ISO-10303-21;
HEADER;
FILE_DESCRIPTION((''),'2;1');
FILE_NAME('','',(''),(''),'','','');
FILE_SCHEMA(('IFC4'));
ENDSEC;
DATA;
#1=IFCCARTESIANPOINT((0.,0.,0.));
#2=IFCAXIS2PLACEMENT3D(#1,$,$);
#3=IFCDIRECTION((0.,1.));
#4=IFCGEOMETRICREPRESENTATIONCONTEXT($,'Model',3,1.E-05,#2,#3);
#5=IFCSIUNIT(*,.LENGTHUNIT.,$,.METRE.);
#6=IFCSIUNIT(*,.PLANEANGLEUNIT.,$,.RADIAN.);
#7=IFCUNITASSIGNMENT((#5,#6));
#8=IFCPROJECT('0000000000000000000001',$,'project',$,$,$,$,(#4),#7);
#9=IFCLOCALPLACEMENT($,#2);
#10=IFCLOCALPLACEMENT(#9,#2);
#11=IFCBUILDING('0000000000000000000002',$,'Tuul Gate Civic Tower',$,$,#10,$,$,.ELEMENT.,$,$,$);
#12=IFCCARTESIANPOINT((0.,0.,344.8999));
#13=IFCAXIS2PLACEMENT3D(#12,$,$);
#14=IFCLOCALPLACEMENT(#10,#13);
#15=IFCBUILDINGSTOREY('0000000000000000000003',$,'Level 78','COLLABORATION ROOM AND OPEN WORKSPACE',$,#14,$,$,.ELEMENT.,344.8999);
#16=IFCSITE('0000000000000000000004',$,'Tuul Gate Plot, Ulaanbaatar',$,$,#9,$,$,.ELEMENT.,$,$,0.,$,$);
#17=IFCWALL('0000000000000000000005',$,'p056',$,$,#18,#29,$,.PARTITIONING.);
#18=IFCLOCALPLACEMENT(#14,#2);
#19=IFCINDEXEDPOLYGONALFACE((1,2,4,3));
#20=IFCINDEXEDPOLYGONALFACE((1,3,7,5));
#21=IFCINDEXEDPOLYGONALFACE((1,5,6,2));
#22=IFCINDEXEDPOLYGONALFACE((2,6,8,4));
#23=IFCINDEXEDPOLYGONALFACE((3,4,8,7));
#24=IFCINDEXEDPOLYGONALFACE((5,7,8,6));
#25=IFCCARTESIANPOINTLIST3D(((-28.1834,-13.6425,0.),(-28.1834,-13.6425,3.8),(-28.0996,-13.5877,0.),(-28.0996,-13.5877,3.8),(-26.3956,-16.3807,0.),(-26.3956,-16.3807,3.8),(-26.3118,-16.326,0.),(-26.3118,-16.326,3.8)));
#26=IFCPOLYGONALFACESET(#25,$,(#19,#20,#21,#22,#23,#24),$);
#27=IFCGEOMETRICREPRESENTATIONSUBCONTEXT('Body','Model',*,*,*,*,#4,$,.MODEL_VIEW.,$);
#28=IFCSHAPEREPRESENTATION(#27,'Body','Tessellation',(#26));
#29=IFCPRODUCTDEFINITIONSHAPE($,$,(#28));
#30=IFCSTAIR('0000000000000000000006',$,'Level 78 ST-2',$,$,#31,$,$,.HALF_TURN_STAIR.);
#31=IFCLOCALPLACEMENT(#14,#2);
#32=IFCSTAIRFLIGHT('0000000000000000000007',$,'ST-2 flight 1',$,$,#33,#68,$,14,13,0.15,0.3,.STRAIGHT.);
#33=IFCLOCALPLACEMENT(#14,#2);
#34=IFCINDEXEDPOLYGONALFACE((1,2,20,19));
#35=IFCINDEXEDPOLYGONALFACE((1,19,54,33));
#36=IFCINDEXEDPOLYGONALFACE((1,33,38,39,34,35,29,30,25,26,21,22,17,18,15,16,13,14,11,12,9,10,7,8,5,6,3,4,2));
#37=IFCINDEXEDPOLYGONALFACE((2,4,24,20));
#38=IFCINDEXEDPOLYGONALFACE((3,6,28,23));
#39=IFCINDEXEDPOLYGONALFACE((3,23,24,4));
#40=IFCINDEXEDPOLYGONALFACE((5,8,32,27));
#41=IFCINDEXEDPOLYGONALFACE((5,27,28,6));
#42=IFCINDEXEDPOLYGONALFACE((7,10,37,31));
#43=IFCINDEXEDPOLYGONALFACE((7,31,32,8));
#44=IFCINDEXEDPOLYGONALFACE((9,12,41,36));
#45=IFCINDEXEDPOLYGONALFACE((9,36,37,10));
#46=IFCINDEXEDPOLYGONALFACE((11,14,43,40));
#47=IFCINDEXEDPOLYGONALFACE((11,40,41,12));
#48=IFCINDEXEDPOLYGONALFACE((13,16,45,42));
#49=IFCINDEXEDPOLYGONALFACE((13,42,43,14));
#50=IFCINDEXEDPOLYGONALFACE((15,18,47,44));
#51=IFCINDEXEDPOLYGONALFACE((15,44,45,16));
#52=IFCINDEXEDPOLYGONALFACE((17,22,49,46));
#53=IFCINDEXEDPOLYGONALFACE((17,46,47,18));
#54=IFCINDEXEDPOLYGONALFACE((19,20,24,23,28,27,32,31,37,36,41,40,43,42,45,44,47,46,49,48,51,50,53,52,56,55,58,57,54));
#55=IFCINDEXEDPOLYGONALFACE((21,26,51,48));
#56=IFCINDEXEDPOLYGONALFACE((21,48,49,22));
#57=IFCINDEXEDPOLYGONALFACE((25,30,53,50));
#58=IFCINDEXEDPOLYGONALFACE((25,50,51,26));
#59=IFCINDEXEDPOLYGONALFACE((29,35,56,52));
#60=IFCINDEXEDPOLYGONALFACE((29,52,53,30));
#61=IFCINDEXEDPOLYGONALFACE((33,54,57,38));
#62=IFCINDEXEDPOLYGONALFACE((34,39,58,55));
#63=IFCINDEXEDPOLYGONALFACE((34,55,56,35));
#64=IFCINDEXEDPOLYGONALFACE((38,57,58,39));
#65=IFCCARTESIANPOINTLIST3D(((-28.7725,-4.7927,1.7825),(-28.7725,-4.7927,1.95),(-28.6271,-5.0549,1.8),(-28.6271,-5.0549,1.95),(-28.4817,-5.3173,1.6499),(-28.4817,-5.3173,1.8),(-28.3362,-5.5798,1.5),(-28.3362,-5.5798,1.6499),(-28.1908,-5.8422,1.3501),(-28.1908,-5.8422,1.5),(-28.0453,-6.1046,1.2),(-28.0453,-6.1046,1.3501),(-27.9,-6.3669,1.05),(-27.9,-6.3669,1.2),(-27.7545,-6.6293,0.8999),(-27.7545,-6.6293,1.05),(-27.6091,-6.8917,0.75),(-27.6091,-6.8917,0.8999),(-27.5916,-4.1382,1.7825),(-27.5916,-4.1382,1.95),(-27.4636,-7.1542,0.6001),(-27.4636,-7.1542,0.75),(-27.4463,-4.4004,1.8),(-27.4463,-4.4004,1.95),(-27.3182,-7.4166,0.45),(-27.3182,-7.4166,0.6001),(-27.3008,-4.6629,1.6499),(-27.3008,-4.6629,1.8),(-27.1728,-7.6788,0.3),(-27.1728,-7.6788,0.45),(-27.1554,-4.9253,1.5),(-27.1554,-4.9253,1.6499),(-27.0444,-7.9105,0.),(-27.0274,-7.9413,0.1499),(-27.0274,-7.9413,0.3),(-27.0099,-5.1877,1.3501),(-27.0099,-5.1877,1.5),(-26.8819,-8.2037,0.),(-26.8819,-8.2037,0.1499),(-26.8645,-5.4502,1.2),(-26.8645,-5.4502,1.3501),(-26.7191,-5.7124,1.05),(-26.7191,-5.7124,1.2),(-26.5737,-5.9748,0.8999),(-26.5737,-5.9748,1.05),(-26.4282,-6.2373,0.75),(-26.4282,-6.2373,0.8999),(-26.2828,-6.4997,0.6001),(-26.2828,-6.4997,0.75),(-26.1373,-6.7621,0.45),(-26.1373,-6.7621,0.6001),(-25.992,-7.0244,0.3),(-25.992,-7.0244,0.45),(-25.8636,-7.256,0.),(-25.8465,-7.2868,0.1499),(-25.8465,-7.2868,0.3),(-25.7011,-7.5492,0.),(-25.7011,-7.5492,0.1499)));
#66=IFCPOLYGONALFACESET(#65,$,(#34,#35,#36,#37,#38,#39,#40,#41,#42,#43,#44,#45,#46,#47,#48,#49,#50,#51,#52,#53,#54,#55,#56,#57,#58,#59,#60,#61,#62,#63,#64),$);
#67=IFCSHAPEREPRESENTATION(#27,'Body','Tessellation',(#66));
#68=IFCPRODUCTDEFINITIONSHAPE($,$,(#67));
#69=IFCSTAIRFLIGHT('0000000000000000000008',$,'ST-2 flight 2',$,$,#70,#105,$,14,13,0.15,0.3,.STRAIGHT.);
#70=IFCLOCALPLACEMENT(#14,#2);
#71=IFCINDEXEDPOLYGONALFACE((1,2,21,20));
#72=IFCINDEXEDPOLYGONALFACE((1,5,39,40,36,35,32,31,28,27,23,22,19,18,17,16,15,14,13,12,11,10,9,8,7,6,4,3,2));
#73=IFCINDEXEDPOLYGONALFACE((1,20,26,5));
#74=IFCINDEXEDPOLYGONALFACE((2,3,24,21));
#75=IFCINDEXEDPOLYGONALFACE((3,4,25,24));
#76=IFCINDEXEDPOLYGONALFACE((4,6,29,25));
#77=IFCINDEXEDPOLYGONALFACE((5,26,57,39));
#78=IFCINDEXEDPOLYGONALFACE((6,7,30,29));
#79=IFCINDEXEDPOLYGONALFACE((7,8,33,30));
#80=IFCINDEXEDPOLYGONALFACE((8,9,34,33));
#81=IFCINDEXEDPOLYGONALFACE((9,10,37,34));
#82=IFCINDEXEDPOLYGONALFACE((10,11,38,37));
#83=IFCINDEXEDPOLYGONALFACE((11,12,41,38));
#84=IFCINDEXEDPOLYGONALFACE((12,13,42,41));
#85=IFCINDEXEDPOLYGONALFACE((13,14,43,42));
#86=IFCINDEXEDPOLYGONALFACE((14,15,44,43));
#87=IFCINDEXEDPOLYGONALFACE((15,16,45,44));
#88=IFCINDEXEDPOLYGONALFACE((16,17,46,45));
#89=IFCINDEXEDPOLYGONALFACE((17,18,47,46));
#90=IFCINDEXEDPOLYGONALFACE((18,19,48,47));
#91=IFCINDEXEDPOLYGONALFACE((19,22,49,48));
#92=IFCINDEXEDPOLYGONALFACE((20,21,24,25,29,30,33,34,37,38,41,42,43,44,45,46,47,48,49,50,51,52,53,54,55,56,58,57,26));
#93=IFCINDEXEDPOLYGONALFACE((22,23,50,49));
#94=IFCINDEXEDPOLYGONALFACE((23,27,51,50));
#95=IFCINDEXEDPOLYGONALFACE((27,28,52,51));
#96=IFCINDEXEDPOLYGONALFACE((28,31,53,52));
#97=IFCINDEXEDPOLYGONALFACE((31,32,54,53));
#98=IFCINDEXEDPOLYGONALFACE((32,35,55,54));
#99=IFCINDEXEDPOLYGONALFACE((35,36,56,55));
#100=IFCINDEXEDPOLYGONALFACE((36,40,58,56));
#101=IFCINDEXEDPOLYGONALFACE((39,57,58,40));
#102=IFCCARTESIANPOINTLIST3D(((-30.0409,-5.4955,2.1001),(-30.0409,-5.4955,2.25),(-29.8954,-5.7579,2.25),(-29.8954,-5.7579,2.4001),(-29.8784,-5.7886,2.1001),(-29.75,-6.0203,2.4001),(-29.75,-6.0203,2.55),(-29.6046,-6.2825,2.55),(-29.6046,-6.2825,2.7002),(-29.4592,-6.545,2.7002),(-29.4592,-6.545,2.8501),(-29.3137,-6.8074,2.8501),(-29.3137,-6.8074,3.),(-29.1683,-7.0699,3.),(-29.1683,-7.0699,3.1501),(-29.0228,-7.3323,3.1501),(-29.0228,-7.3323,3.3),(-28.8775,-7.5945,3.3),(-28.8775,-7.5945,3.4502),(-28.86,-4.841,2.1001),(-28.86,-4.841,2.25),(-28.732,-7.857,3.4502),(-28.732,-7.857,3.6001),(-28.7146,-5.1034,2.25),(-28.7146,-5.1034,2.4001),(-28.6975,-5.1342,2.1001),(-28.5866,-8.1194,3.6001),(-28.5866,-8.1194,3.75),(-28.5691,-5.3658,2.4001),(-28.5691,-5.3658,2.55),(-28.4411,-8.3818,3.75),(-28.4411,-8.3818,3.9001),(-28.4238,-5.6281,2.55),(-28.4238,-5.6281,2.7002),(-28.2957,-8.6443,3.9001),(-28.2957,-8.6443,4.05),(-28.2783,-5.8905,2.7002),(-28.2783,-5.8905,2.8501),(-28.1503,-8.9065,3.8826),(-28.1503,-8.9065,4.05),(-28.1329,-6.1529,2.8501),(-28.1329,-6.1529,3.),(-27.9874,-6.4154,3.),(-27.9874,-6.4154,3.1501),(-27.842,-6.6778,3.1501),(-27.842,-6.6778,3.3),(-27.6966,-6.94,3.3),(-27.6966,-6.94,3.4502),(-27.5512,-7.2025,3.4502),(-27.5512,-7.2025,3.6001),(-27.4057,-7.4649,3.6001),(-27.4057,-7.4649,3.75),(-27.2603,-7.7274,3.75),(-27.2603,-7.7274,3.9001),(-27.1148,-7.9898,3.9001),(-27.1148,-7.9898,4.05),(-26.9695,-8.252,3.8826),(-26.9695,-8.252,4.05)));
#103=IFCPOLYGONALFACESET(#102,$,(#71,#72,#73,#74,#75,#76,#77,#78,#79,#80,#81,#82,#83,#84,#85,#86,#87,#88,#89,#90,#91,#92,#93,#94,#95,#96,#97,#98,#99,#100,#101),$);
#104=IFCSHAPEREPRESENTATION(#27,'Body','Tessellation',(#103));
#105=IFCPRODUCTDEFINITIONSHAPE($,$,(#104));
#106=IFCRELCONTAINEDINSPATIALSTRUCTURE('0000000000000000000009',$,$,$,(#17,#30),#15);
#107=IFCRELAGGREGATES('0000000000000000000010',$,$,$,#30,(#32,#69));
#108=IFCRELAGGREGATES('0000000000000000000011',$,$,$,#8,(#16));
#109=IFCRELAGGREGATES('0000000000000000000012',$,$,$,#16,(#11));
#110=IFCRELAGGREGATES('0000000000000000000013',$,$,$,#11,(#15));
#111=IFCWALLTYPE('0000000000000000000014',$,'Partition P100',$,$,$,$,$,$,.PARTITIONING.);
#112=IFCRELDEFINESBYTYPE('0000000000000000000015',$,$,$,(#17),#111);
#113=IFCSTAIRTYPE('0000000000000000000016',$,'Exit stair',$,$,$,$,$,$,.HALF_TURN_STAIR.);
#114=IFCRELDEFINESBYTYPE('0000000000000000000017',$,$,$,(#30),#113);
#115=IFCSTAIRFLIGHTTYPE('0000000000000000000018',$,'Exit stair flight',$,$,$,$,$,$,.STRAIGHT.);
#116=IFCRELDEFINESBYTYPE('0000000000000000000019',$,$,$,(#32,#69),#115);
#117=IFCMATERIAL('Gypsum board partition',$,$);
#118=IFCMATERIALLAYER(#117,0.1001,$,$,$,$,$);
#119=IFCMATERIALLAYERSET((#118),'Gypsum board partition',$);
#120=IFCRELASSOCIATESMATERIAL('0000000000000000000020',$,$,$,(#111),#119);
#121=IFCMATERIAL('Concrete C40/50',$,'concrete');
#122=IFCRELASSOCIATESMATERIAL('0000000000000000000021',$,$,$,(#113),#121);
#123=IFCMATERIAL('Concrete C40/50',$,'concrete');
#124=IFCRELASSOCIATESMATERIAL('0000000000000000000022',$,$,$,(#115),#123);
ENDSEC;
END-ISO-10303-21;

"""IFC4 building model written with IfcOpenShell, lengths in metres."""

from ifc_helpers import new_model, si_unit, direction, frame, frame_2d, origin, place, context, subcontext, project, spatial, polyline, rectangle, outline, extrude, material, layer, layer_set, type_object, element, aggregate, save


model = new_model("IFC4")

# Units and contexts
model_context = context("Model", 3, precision=1e-05, world=origin(), true_north=direction((0.0, 1.0)))
body_context = subcontext(model_context, "Body", "Model", "MODEL_VIEW")
ifc_project = project(units=[si_unit("LENGTHUNIT", "METRE"), si_unit("PLANEANGLEUNIT", "RADIAN")], contexts=[model_context])

# Site, building, storey
site_placement = place(None, origin())
site = spatial("IfcSite", under=ifc_project, at=site_placement, Name="Tuul Gate Plot, Ulaanbaatar", CompositionType="ELEMENT", RefElevation=0.0)
building_placement = place(site_placement, origin())
building = spatial("IfcBuilding", under=site, at=building_placement, Name="Tuul Gate Civic Tower", CompositionType="ELEMENT")
storey_placement = place(building_placement, frame((0.0, 0.0, 344.8999)))
storey = spatial("IfcBuildingStorey", under=building, at=storey_placement, Name="Level 78", Description="COLLABORATION ROOM AND OPEN WORKSPACE", CompositionType="ELEMENT", Elevation=344.8999)

# Wall
ifc_material_1 = material(Name="Gypsum board partition")
ifc_layer_1 = layer(ifc_material_1, 0.1001)
ifc_layer_set_1 = layer_set([ifc_layer_1], Name="Gypsum board partition")
wall_type_1 = type_object("IfcWallType", Name="Partition P100", PredefinedType="PARTITIONING", material=ifc_layer_set_1)
wall_1_placement = place(storey_placement, frame((-28.1416, -13.615, 0.0), z_axis=(0.0, 0.0, 1.0), x_axis=(0.546698, -0.83733, 0.0)))
element("IfcWall", 1, at=wall_1_placement, inside=storey, type_object=wall_type_1, Name="p056", PredefinedType="PARTITIONING", context=body_context, shape_type="SweptSolid", body=[
    extrude(rectangle(XDim=3.2703, YDim=0.1001, at=frame_2d((1.6353, 0.0))), origin(), (0.0, 0.0, 1.0), 3.8),
])

# Stair, stair flights
ifc_material_2 = material(Name="Concrete C40/50", Category="concrete")
stair_type = type_object("IfcStairType", Name="Exit stair", PredefinedType="HALF_TURN_STAIR", material=ifc_material_2)
stair_placement = place(storey_placement, origin())
stair = element("IfcStair", 2, at=stair_placement, inside=storey, type_object=stair_type, Name="Level 78 ST-2", PredefinedType="HALF_TURN_STAIR")
ifc_material_3 = material(Name="Concrete C40/50", Category="concrete")
stair_flight_type = type_object("IfcStairFlightType", Name="Exit stair flight", PredefinedType="STRAIGHT", material=ifc_material_3)
stair_flight_1_placement = place(storey_placement, frame((-26.2915, -7.8765, 0.0), z_axis=(0.0, 0.0, 1.0), x_axis=(-0.484762, 0.874646, 0.0)))
stair_flight_1 = element("IfcStairFlight", 3, at=stair_flight_1_placement, type_object=stair_flight_type, Name="ST-2 flight 1", NumberOfRisers=14, NumberOfTreads=13, PredefinedType="STRAIGHT", RiserHeight=0.15, TreadLength=0.3, context=body_context, shape_type="SweptSolid", body=[
    extrude(outline(polyline([(0.0, 0.0), (0.0, 0.1499), (0.3, 0.1499), (0.3, 0.3), (0.6001, 0.3), (0.6001, 0.45), (0.8999, 0.45), (0.8999, 0.6001), (1.2, 0.6001), (1.2, 0.75), (1.5, 0.75), (1.5, 0.8999), (1.8, 0.8999), (1.8, 1.05), (2.1001, 1.05), (2.1001, 1.2), (2.3999, 1.2), (2.3999, 1.3501), (2.7, 1.3501), (2.7, 1.5), (3.0, 1.5), (3.0, 1.6499), (3.3, 1.6499), (3.3, 1.8), (3.6001, 1.8), (3.6001, 1.95), (3.8999, 1.95), (3.8999, 2.1001), (3.8999, 1.7825), (0.3352, 0.0), (0.0, 0.0)])), frame((0.0, 0.675, 0.0), z_axis=(0.0, -1.0, 0.0), x_axis=(1.0, 0.0, 0.0)), (0.0, 0.0, 1.0), 1.3501),
])
stair_flight_2_placement = place(storey_placement, frame((-29.4504, -5.1682, 2.1001), z_axis=(0.0, 0.0, 1.0), x_axis=(0.484762, -0.874646, 0.0)))
stair_flight_2 = element("IfcStairFlight", 4, at=stair_flight_2_placement, type_object=stair_flight_type, Name="ST-2 flight 2", NumberOfRisers=14, NumberOfTreads=13, PredefinedType="STRAIGHT", RiserHeight=0.15, TreadLength=0.3, context=body_context, shape_type="SweptSolid", body=[
    extrude(outline(polyline([(0.0, 0.0), (0.0, 0.1499), (0.3, 0.1499), (0.3, 0.3), (0.6001, 0.3), (0.6001, 0.45), (0.8999, 0.45), (0.8999, 0.6001), (1.2, 0.6001), (1.2, 0.75), (1.5, 0.75), (1.5, 0.8999), (1.8, 0.8999), (1.8, 1.05), (2.1001, 1.05), (2.1001, 1.2), (2.3999, 1.2), (2.3999, 1.3501), (2.7, 1.3501), (2.7, 1.5), (3.0, 1.5), (3.0, 1.6499), (3.3, 1.6499), (3.3, 1.8), (3.6001, 1.8), (3.6001, 1.95), (3.8999, 1.95), (3.8999, 2.1001), (3.8999, 1.7825), (0.3352, 0.0), (0.0, 0.0)])), frame((0.0, 0.675, 0.0), z_axis=(0.0, -1.0, 0.0), x_axis=(1.0, 0.0, 0.0)), (0.0, 0.0, 1.0), 1.3501),
])
aggregate(stair, [stair_flight_1, stair_flight_2])

save(model, "model.ifc")
